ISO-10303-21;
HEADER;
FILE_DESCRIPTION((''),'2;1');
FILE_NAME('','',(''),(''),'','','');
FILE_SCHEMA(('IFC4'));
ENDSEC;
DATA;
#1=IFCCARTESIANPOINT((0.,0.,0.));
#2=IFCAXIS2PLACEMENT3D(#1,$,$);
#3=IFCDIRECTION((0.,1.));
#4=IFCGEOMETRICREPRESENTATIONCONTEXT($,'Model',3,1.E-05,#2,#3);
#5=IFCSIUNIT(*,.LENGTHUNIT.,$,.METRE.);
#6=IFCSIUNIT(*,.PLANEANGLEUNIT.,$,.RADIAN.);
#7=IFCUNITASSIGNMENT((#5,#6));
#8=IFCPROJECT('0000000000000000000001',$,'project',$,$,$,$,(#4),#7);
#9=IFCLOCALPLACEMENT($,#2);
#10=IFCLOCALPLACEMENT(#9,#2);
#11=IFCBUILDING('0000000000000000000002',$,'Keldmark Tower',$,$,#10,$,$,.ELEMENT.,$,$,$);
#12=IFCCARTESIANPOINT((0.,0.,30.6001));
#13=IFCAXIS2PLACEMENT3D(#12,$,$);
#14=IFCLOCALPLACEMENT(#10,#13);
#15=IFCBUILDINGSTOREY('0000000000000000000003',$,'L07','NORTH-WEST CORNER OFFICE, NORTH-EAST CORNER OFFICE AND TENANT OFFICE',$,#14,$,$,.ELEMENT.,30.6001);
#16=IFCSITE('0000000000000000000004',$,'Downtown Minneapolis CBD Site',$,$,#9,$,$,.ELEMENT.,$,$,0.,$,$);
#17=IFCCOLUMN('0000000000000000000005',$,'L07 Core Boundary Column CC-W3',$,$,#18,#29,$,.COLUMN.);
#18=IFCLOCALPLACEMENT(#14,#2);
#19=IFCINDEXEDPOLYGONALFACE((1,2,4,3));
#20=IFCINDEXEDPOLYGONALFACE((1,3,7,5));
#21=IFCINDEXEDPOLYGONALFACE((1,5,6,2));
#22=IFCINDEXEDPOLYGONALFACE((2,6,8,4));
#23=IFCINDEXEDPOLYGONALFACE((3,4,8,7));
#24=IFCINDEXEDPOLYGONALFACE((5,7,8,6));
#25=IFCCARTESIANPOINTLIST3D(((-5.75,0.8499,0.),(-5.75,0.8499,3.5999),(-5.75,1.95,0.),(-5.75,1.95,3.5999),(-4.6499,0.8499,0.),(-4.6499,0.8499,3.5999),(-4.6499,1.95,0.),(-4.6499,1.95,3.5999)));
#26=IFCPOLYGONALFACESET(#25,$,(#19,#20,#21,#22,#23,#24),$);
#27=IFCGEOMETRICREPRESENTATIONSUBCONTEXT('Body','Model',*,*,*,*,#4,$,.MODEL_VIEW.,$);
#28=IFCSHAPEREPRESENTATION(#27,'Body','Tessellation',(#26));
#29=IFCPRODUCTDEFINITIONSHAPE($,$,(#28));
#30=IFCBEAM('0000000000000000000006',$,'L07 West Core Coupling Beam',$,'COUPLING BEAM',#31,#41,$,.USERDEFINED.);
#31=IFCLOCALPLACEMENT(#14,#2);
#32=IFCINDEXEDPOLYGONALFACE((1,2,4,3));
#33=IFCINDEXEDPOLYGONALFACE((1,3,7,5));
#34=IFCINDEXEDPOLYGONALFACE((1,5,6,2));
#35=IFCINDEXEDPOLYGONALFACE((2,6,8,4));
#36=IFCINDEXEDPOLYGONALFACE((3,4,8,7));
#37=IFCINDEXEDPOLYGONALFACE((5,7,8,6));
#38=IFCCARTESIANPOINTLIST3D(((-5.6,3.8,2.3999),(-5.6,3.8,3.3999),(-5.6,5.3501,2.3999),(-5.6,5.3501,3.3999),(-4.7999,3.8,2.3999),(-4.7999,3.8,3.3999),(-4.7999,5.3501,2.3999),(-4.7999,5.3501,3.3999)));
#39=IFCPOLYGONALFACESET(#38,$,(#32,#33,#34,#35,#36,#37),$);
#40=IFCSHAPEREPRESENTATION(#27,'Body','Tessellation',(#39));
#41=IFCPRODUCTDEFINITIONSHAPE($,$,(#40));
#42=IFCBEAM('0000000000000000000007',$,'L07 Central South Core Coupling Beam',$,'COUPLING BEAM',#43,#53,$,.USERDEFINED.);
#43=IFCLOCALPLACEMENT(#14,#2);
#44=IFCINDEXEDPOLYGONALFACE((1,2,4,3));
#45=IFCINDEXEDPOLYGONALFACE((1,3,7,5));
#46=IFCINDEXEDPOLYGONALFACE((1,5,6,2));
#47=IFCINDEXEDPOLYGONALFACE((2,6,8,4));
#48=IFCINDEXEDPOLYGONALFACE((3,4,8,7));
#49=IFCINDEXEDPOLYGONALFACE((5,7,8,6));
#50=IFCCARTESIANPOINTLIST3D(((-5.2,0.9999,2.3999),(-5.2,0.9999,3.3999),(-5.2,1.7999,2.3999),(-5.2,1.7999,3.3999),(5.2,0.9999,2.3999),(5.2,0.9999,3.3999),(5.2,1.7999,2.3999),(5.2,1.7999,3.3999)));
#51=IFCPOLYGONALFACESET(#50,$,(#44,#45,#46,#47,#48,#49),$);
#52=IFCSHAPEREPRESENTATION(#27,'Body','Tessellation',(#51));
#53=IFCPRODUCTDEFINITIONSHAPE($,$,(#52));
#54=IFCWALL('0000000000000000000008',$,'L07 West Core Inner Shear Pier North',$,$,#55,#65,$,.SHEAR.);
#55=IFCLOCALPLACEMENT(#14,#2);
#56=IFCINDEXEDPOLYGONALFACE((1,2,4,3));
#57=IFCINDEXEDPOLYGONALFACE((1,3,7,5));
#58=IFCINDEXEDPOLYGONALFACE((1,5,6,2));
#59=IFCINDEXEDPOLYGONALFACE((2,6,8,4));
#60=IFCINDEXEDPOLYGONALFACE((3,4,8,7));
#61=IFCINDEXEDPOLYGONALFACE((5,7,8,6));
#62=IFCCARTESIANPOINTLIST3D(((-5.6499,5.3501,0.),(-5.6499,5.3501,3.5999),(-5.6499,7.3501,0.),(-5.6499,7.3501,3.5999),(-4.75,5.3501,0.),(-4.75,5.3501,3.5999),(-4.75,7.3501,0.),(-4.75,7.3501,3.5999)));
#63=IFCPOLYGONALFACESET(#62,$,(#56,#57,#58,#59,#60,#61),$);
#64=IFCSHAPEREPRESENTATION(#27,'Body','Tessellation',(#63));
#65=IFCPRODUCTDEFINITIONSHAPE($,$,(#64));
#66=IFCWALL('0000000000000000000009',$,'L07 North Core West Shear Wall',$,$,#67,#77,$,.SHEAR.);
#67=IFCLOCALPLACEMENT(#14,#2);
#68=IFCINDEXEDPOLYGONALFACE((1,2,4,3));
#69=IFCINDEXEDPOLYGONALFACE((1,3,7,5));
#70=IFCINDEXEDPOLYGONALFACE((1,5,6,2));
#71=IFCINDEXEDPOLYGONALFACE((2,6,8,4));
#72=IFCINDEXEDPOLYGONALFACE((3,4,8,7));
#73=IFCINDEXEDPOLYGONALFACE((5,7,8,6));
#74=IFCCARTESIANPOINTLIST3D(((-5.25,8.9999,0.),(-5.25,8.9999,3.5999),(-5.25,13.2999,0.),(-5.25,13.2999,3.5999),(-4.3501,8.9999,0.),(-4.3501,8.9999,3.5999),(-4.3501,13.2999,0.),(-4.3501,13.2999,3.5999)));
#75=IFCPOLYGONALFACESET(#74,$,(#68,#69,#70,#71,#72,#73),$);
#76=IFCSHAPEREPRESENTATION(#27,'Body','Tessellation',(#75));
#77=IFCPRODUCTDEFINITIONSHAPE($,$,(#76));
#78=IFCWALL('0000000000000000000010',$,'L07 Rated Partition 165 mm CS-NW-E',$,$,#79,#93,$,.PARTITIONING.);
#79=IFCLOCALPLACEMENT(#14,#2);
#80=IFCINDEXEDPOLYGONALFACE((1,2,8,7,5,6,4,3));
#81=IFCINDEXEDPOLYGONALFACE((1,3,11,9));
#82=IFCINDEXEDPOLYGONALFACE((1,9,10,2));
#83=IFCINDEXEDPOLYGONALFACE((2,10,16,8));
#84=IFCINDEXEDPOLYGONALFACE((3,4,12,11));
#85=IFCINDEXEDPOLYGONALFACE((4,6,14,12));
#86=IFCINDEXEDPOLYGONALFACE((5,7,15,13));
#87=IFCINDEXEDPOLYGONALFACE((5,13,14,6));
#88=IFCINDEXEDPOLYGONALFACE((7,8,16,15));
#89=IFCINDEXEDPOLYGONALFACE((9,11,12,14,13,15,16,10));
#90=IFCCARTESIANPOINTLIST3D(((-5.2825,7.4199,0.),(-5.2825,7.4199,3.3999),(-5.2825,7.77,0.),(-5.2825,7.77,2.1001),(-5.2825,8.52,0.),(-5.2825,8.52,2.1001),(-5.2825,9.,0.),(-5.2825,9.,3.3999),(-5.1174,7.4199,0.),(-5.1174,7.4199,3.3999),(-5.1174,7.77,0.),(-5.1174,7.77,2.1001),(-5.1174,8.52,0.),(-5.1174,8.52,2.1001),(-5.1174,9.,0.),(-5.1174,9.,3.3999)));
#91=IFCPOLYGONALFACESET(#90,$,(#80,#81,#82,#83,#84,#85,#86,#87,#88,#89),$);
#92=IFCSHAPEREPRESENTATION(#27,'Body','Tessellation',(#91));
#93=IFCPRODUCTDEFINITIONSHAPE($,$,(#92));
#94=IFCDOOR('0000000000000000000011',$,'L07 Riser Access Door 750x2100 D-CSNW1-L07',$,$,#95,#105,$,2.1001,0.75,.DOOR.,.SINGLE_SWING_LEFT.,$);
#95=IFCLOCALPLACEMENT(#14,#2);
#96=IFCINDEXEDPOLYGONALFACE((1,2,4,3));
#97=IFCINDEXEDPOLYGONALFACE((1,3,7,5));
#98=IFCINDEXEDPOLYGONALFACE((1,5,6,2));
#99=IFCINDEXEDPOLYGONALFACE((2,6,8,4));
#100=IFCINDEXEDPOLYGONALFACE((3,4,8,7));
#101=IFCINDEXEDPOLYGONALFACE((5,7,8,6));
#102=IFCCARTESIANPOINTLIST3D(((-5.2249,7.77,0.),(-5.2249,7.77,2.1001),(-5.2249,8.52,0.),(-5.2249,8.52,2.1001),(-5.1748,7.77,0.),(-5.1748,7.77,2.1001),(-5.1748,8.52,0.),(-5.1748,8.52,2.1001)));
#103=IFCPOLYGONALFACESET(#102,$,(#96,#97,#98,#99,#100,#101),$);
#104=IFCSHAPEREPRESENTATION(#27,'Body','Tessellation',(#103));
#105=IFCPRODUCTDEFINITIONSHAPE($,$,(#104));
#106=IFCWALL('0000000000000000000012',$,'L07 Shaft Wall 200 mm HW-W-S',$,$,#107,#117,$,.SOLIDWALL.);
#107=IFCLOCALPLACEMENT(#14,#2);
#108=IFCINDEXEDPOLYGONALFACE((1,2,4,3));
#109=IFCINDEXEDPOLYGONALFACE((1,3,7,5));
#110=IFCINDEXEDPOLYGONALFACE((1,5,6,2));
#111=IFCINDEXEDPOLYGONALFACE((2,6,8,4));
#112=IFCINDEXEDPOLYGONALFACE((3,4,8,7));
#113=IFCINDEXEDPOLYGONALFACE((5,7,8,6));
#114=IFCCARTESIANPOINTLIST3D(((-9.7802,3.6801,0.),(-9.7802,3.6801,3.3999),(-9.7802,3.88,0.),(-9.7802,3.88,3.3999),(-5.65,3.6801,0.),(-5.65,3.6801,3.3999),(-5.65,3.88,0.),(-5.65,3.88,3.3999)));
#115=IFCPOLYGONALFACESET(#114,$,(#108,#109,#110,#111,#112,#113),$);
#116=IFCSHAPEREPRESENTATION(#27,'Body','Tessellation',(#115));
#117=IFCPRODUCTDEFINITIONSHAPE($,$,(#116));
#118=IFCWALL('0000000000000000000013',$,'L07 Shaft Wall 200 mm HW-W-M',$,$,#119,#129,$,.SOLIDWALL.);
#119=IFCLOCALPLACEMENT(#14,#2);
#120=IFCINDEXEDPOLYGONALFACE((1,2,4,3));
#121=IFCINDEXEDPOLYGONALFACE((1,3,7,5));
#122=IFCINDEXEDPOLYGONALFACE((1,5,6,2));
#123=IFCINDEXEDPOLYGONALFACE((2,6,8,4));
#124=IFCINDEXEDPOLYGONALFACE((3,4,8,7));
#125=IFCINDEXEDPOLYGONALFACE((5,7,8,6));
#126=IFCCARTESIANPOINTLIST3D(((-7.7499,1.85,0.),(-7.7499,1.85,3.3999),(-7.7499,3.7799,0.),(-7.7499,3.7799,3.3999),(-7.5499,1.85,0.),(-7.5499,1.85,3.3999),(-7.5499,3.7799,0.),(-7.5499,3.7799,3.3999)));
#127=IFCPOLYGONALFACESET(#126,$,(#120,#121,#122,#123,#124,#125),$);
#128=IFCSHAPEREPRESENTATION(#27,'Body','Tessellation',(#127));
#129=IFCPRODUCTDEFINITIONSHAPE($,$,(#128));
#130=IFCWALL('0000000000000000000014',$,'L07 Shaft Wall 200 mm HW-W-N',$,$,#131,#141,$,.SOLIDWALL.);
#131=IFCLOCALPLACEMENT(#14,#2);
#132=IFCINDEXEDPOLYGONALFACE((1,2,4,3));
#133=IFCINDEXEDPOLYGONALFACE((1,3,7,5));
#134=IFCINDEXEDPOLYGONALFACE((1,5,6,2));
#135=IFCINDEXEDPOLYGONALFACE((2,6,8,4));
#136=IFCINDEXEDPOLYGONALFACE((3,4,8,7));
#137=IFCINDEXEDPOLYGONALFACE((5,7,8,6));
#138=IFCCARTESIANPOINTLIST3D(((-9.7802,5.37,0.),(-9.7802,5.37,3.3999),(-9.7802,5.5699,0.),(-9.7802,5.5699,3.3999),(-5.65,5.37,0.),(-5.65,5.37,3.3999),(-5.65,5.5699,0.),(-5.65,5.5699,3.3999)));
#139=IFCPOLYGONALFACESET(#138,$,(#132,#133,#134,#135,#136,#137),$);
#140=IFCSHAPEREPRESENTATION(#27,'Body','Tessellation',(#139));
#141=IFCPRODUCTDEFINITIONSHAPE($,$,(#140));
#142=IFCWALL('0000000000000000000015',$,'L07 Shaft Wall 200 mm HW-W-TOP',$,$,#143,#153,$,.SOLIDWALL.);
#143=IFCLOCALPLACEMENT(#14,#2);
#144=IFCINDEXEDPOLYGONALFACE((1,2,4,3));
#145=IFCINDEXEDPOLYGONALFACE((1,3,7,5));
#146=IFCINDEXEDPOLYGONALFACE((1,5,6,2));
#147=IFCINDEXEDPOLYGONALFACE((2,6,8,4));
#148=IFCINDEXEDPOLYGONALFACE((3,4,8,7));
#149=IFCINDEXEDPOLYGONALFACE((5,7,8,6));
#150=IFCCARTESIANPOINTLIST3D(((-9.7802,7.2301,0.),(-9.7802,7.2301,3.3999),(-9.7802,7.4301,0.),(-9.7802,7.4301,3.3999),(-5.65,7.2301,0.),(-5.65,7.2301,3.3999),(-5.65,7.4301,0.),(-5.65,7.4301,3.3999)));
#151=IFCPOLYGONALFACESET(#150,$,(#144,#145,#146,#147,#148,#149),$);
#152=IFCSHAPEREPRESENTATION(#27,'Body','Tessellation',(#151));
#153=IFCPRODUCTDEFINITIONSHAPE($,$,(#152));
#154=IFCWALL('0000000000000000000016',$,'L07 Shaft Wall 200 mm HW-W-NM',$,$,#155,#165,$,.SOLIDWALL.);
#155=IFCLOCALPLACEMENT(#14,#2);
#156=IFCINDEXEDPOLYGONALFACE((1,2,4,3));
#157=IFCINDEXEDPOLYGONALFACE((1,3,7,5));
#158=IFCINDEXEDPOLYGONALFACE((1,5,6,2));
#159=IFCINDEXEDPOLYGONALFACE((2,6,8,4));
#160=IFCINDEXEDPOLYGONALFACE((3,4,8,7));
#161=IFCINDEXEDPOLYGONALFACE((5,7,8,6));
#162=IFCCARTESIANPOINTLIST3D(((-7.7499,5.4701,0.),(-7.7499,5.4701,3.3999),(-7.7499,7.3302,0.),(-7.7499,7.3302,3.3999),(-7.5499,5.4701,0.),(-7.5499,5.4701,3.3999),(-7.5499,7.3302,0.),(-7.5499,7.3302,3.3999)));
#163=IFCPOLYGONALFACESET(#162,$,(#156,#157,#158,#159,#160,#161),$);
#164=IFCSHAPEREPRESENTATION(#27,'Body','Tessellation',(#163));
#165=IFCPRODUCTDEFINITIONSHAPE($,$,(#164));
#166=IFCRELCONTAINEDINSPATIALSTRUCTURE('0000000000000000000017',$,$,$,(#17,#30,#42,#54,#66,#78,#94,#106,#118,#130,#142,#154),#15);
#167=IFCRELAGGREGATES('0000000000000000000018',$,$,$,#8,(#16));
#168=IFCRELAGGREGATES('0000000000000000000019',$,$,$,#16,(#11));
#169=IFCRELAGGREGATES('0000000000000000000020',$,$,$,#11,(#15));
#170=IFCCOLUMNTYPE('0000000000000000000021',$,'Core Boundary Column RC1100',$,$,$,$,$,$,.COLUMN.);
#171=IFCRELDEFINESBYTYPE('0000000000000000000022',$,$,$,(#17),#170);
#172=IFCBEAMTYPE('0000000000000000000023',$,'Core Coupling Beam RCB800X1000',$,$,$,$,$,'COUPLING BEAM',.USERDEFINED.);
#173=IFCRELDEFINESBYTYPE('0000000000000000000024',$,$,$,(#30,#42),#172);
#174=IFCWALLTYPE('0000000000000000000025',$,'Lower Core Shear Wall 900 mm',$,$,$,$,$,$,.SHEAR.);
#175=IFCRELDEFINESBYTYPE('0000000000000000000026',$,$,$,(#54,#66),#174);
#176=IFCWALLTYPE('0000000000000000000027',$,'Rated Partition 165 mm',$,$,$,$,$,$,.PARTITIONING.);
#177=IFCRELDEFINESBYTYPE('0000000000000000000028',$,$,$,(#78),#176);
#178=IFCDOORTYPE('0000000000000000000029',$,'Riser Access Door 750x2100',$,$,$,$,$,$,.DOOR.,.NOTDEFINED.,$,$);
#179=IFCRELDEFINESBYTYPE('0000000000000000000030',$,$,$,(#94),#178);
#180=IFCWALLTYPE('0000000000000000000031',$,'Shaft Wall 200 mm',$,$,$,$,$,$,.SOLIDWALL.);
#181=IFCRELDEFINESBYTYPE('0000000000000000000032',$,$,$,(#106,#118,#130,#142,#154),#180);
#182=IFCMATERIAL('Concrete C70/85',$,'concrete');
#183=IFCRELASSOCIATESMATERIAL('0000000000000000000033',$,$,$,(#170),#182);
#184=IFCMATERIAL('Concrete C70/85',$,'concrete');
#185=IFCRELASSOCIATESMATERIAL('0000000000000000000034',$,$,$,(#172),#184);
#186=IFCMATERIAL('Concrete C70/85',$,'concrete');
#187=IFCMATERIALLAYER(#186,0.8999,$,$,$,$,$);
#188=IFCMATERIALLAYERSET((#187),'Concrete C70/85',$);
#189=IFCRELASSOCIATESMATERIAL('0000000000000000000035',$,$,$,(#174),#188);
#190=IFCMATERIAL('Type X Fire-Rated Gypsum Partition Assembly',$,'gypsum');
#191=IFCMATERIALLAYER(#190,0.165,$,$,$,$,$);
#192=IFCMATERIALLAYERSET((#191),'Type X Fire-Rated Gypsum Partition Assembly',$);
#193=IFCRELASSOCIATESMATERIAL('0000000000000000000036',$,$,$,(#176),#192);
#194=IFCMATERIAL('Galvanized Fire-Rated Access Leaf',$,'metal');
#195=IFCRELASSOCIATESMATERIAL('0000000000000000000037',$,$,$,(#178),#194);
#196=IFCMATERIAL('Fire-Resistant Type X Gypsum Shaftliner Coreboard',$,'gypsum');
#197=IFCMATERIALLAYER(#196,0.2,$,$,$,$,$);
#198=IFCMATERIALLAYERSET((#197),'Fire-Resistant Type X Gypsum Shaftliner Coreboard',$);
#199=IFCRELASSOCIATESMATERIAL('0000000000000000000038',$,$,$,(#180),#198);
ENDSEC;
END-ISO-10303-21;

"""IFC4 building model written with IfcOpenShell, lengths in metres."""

from ifc_helpers import new_model, si_unit, direction, frame, frame_2d, origin, origin_2d, place, context, subcontext, project, spatial, rectangle, extrude, material, layer, layer_set, material_profile, profile_set, type_object, element, fill, save


model = new_model("IFC4")

# Units and contexts
model_context = context("Model", 3, precision=1e-05, world=origin(), true_north=direction((0.0, 1.0)))
body_context = subcontext(model_context, "Body", "Model", "MODEL_VIEW")
ifc_project = project(units=[si_unit("LENGTHUNIT", "METRE"), si_unit("PLANEANGLEUNIT", "RADIAN")], contexts=[model_context])

# Site, building, storey
site_placement = place(None, origin())
site = spatial("IfcSite", under=ifc_project, at=site_placement, Name="Downtown Minneapolis CBD Site", CompositionType="ELEMENT", RefElevation=0.0)
building_placement = place(site_placement, origin())
building = spatial("IfcBuilding", under=site, at=building_placement, Name="Keldmark Tower", CompositionType="ELEMENT")
storey_placement = place(building_placement, frame((0.0, 0.0, 30.6001)))
storey = spatial("IfcBuildingStorey", under=building, at=storey_placement, Name="L07", Description="NORTH-WEST CORNER OFFICE, NORTH-EAST CORNER OFFICE AND TENANT OFFICE", CompositionType="ELEMENT", Elevation=30.6001)

# Column
ifc_material_1 = material(Name="Concrete C70/85", Category="concrete")
ifc_material_profile_1 = material_profile(ifc_material_1, rectangle(XDim=1.1001, YDim=1.1001, at=origin_2d()), Name="RC1100X1100")
ifc_profile_set_1 = profile_set([ifc_material_profile_1], Name="Concrete C70/85")
column_type = type_object("IfcColumnType", Name="Core Boundary Column RC1100", PredefinedType="COLUMN", material=ifc_profile_set_1)
column_placement = place(storey_placement, frame((-5.2, 1.3999, 0.0), z_axis=(0.0, 0.0, 1.0), x_axis=(1.0, 0.0, 0.0)))
element("IfcColumn", 1, at=column_placement, inside=storey, type_object=column_type, Name="L07 Core Boundary Column CC-W3", PredefinedType="COLUMN", context=body_context, shape_type="SweptSolid", body=[
    extrude(rectangle(XDim=1.1001, YDim=1.1001, at=origin_2d()), origin(), (0.0, 0.0, 1.0), 3.5999),
])

# Beams
ifc_material_2 = material(Name="Concrete C70/85", Category="concrete")
ifc_material_profile_2 = material_profile(ifc_material_2, rectangle(XDim=0.8, YDim=1.0, at=origin_2d()), Name="RCB800X1000")
ifc_profile_set_2 = profile_set([ifc_material_profile_2], Name="Concrete C70/85")
beam_type = type_object("IfcBeamType", Name="Core Coupling Beam RCB800X1000", ElementType="COUPLING BEAM", PredefinedType="USERDEFINED", material=ifc_profile_set_2)
beam_1_placement = place(storey_placement, frame((-5.2, 3.8, 2.8999), z_axis=(0.0, 1.0, 0.0), x_axis=(-1.0, 0.0, 0.0)))
element("IfcBeam", 2, at=beam_1_placement, inside=storey, type_object=beam_type, Name="L07 West Core Coupling Beam", ObjectType="COUPLING BEAM", PredefinedType="USERDEFINED", context=body_context, shape_type="SweptSolid", body=[
    extrude(rectangle(XDim=0.8, YDim=1.0, at=origin_2d()), origin(), (0.0, 0.0, 1.0), 1.55),
])
beam_2_placement = place(storey_placement, frame((-5.2, 1.3999, 2.8999), z_axis=(1.0, 0.0, 0.0), x_axis=(0.0, 1.0, 0.0)))
element("IfcBeam", 3, at=beam_2_placement, inside=storey, type_object=beam_type, Name="L07 Central South Core Coupling Beam", ObjectType="COUPLING BEAM", PredefinedType="USERDEFINED", context=body_context, shape_type="SweptSolid", body=[
    extrude(rectangle(XDim=0.8, YDim=1.0, at=origin_2d()), origin(), (0.0, 0.0, 1.0), 10.3999),
])

# Shared definitions
ifc_material_3 = material(Name="Concrete C70/85", Category="concrete")
ifc_layer_1 = layer(ifc_material_3, 0.8999)
ifc_layer_set_1 = layer_set([ifc_layer_1], Name="Concrete C70/85")
wall_type_1 = type_object("IfcWallType", Name="Lower Core Shear Wall 900 mm", PredefinedType="SHEAR", material=ifc_layer_set_1)

# Walls
wall_1_placement = place(storey_placement, frame((-5.2, 5.3501, 0.0), z_axis=(0.0, 0.0, 1.0), x_axis=(0.0, 1.0, 0.0)))
element("IfcWall", 4, at=wall_1_placement, inside=storey, type_object=wall_type_1, Name="L07 West Core Inner Shear Pier North", PredefinedType="SHEAR", context=body_context, shape_type="SweptSolid", body=[
    extrude(rectangle(XDim=2.0, YDim=0.8999, at=frame_2d((1.0, 0.0))), origin(), (0.0, 0.0, 1.0), 3.5999),
])
wall_2_placement = place(storey_placement, frame((-4.8, 9.0, 0.0), z_axis=(0.0, 0.0, 1.0), x_axis=(0.0, 1.0, 0.0)))
element("IfcWall", 5, at=wall_2_placement, inside=storey, type_object=wall_type_1, Name="L07 North Core West Shear Wall", PredefinedType="SHEAR", context=body_context, shape_type="SweptSolid", body=[
    extrude(rectangle(XDim=4.3, YDim=0.8999, at=frame_2d((2.1499, 0.0))), origin(), (0.0, 0.0, 1.0), 3.5999),
])

# Wall, opening, door
ifc_material_4 = material(Name="Type X Fire-Rated Gypsum Partition Assembly", Category="gypsum")
ifc_layer_2 = layer(ifc_material_4, 0.165)
ifc_layer_set_2 = layer_set([ifc_layer_2], Name="Type X Fire-Rated Gypsum Partition Assembly")
wall_type_2 = type_object("IfcWallType", Name="Rated Partition 165 mm", PredefinedType="PARTITIONING", material=ifc_layer_set_2)
wall_3_placement = place(storey_placement, frame((-5.2, 7.4199, 0.0), z_axis=(0.0, 0.0, 1.0), x_axis=(0.0, 1.0, 0.0)))
wall_3 = element("IfcWall", 6, at=wall_3_placement, inside=storey, type_object=wall_type_2, Name="L07 Rated Partition 165 mm CS-NW-E", PredefinedType="PARTITIONING", context=body_context, shape_type="SweptSolid", body=[
    extrude(rectangle(XDim=1.5801, YDim=0.165, at=frame_2d((0.79, 0.0))), origin(), (0.0, 0.0, 1.0), 3.3999),
])
opening_1_placement = place(wall_3_placement, frame((0.3501, 0.0, 0.0)))
opening_1 = element("IfcOpeningElement", 7, at=opening_1_placement, cuts=wall_3, PredefinedType="OPENING", context=body_context, shape_type="SweptSolid", body=[
    extrude(rectangle(XDim=0.75, YDim=2.1001, at=frame_2d((0.375, 1.05))), frame((0.0, 0.0925, 0.0), z_axis=(0.0, -1.0, 0.0), x_axis=(1.0, 0.0, 0.0)), (0.0, 0.0, 1.0), 0.1851),
])
ifc_material_5 = material(Name="Galvanized Fire-Rated Access Leaf", Category="metal")
door_type_1 = type_object("IfcDoorType", Name="Riser Access Door 750x2100", OperationType="NOTDEFINED", PredefinedType="DOOR", material=ifc_material_5)
door_1_placement = place(opening_1_placement, origin())
door_1 = element("IfcDoor", 8, at=door_1_placement, inside=storey, type_object=door_type_1, Name="L07 Riser Access Door 750x2100 D-CSNW1-L07", OperationType="SINGLE_SWING_LEFT", OverallHeight=2.1001, OverallWidth=0.75, PredefinedType="DOOR", context=body_context, shape_type="SweptSolid", body=[
    extrude(rectangle(XDim=0.75, YDim=2.1001, at=frame_2d((0.375, 1.05))), frame((0.0, 0.0249, 0.0), z_axis=(0.0, -1.0, 0.0), x_axis=(1.0, 0.0, 0.0)), (0.0, 0.0, 1.0), 0.05),
])
fill(opening_1, door_1)

# Walls
ifc_material_6 = material(Name="Fire-Resistant Type X Gypsum Shaftliner Coreboard", Category="gypsum")
ifc_layer_3 = layer(ifc_material_6, 0.2)
ifc_layer_set_3 = layer_set([ifc_layer_3], Name="Fire-Resistant Type X Gypsum Shaftliner Coreboard")
wall_type_3 = type_object("IfcWallType", Name="Shaft Wall 200 mm", PredefinedType="SOLIDWALL", material=ifc_layer_set_3)
wall_4_placement = place(storey_placement, frame((-9.78, 3.78, 0.0), z_axis=(0.0, 0.0, 1.0), x_axis=(1.0, 0.0, 0.0)))
element("IfcWall", 9, at=wall_4_placement, inside=storey, type_object=wall_type_3, Name="L07 Shaft Wall 200 mm HW-W-S", PredefinedType="SOLIDWALL", context=body_context, shape_type="SweptSolid", body=[
    extrude(rectangle(XDim=4.1301, YDim=0.2, at=frame_2d((2.0649, 0.0))), origin(), (0.0, 0.0, 1.0), 3.3999),
])
wall_5_placement = place(storey_placement, frame((-7.6499, 1.8501, 0.0), z_axis=(0.0, 0.0, 1.0), x_axis=(0.0, 1.0, 0.0)))
element("IfcWall", 10, at=wall_5_placement, inside=storey, type_object=wall_type_3, Name="L07 Shaft Wall 200 mm HW-W-M", PredefinedType="SOLIDWALL", context=body_context, shape_type="SweptSolid", body=[
    extrude(rectangle(XDim=1.9299, YDim=0.2, at=frame_2d((0.9648, 0.0))), origin(), (0.0, 0.0, 1.0), 3.3999),
])
for number, where, z_axis, x_axis, name in (
    (11, (-9.78, 5.47, 0.0), (0.0, 0.0, 1.0), (1.0, 0.0, 0.0), "L07 Shaft Wall 200 mm HW-W-N"),
    (12, (-9.78, 7.3301, 0.0), (0.0, 0.0, 1.0), (1.0, 0.0, 0.0), "L07 Shaft Wall 200 mm HW-W-TOP"),
):
    element("IfcWall", number, at=place(storey_placement, frame(where, z_axis=z_axis, x_axis=x_axis)), inside=storey, type_object=wall_type_3, Name=name, PredefinedType="SOLIDWALL", context=body_context, shape_type="SweptSolid", body=[
        extrude(rectangle(XDim=4.1301, YDim=0.2, at=frame_2d((2.0649, 0.0))), origin(), (0.0, 0.0, 1.0), 3.3999),
    ])
wall_6_placement = place(storey_placement, frame((-7.6499, 5.47, 0.0), z_axis=(0.0, 0.0, 1.0), x_axis=(0.0, 1.0, 0.0)))
element("IfcWall", 13, at=wall_6_placement, inside=storey, type_object=wall_type_3, Name="L07 Shaft Wall 200 mm HW-W-NM", PredefinedType="SOLIDWALL", context=body_context, shape_type="SweptSolid", body=[
    extrude(rectangle(XDim=1.8601, YDim=0.2, at=frame_2d((0.9302, 0.0))), origin(), (0.0, 0.0, 1.0), 3.3999),
])

save(model, "model.ifc")
